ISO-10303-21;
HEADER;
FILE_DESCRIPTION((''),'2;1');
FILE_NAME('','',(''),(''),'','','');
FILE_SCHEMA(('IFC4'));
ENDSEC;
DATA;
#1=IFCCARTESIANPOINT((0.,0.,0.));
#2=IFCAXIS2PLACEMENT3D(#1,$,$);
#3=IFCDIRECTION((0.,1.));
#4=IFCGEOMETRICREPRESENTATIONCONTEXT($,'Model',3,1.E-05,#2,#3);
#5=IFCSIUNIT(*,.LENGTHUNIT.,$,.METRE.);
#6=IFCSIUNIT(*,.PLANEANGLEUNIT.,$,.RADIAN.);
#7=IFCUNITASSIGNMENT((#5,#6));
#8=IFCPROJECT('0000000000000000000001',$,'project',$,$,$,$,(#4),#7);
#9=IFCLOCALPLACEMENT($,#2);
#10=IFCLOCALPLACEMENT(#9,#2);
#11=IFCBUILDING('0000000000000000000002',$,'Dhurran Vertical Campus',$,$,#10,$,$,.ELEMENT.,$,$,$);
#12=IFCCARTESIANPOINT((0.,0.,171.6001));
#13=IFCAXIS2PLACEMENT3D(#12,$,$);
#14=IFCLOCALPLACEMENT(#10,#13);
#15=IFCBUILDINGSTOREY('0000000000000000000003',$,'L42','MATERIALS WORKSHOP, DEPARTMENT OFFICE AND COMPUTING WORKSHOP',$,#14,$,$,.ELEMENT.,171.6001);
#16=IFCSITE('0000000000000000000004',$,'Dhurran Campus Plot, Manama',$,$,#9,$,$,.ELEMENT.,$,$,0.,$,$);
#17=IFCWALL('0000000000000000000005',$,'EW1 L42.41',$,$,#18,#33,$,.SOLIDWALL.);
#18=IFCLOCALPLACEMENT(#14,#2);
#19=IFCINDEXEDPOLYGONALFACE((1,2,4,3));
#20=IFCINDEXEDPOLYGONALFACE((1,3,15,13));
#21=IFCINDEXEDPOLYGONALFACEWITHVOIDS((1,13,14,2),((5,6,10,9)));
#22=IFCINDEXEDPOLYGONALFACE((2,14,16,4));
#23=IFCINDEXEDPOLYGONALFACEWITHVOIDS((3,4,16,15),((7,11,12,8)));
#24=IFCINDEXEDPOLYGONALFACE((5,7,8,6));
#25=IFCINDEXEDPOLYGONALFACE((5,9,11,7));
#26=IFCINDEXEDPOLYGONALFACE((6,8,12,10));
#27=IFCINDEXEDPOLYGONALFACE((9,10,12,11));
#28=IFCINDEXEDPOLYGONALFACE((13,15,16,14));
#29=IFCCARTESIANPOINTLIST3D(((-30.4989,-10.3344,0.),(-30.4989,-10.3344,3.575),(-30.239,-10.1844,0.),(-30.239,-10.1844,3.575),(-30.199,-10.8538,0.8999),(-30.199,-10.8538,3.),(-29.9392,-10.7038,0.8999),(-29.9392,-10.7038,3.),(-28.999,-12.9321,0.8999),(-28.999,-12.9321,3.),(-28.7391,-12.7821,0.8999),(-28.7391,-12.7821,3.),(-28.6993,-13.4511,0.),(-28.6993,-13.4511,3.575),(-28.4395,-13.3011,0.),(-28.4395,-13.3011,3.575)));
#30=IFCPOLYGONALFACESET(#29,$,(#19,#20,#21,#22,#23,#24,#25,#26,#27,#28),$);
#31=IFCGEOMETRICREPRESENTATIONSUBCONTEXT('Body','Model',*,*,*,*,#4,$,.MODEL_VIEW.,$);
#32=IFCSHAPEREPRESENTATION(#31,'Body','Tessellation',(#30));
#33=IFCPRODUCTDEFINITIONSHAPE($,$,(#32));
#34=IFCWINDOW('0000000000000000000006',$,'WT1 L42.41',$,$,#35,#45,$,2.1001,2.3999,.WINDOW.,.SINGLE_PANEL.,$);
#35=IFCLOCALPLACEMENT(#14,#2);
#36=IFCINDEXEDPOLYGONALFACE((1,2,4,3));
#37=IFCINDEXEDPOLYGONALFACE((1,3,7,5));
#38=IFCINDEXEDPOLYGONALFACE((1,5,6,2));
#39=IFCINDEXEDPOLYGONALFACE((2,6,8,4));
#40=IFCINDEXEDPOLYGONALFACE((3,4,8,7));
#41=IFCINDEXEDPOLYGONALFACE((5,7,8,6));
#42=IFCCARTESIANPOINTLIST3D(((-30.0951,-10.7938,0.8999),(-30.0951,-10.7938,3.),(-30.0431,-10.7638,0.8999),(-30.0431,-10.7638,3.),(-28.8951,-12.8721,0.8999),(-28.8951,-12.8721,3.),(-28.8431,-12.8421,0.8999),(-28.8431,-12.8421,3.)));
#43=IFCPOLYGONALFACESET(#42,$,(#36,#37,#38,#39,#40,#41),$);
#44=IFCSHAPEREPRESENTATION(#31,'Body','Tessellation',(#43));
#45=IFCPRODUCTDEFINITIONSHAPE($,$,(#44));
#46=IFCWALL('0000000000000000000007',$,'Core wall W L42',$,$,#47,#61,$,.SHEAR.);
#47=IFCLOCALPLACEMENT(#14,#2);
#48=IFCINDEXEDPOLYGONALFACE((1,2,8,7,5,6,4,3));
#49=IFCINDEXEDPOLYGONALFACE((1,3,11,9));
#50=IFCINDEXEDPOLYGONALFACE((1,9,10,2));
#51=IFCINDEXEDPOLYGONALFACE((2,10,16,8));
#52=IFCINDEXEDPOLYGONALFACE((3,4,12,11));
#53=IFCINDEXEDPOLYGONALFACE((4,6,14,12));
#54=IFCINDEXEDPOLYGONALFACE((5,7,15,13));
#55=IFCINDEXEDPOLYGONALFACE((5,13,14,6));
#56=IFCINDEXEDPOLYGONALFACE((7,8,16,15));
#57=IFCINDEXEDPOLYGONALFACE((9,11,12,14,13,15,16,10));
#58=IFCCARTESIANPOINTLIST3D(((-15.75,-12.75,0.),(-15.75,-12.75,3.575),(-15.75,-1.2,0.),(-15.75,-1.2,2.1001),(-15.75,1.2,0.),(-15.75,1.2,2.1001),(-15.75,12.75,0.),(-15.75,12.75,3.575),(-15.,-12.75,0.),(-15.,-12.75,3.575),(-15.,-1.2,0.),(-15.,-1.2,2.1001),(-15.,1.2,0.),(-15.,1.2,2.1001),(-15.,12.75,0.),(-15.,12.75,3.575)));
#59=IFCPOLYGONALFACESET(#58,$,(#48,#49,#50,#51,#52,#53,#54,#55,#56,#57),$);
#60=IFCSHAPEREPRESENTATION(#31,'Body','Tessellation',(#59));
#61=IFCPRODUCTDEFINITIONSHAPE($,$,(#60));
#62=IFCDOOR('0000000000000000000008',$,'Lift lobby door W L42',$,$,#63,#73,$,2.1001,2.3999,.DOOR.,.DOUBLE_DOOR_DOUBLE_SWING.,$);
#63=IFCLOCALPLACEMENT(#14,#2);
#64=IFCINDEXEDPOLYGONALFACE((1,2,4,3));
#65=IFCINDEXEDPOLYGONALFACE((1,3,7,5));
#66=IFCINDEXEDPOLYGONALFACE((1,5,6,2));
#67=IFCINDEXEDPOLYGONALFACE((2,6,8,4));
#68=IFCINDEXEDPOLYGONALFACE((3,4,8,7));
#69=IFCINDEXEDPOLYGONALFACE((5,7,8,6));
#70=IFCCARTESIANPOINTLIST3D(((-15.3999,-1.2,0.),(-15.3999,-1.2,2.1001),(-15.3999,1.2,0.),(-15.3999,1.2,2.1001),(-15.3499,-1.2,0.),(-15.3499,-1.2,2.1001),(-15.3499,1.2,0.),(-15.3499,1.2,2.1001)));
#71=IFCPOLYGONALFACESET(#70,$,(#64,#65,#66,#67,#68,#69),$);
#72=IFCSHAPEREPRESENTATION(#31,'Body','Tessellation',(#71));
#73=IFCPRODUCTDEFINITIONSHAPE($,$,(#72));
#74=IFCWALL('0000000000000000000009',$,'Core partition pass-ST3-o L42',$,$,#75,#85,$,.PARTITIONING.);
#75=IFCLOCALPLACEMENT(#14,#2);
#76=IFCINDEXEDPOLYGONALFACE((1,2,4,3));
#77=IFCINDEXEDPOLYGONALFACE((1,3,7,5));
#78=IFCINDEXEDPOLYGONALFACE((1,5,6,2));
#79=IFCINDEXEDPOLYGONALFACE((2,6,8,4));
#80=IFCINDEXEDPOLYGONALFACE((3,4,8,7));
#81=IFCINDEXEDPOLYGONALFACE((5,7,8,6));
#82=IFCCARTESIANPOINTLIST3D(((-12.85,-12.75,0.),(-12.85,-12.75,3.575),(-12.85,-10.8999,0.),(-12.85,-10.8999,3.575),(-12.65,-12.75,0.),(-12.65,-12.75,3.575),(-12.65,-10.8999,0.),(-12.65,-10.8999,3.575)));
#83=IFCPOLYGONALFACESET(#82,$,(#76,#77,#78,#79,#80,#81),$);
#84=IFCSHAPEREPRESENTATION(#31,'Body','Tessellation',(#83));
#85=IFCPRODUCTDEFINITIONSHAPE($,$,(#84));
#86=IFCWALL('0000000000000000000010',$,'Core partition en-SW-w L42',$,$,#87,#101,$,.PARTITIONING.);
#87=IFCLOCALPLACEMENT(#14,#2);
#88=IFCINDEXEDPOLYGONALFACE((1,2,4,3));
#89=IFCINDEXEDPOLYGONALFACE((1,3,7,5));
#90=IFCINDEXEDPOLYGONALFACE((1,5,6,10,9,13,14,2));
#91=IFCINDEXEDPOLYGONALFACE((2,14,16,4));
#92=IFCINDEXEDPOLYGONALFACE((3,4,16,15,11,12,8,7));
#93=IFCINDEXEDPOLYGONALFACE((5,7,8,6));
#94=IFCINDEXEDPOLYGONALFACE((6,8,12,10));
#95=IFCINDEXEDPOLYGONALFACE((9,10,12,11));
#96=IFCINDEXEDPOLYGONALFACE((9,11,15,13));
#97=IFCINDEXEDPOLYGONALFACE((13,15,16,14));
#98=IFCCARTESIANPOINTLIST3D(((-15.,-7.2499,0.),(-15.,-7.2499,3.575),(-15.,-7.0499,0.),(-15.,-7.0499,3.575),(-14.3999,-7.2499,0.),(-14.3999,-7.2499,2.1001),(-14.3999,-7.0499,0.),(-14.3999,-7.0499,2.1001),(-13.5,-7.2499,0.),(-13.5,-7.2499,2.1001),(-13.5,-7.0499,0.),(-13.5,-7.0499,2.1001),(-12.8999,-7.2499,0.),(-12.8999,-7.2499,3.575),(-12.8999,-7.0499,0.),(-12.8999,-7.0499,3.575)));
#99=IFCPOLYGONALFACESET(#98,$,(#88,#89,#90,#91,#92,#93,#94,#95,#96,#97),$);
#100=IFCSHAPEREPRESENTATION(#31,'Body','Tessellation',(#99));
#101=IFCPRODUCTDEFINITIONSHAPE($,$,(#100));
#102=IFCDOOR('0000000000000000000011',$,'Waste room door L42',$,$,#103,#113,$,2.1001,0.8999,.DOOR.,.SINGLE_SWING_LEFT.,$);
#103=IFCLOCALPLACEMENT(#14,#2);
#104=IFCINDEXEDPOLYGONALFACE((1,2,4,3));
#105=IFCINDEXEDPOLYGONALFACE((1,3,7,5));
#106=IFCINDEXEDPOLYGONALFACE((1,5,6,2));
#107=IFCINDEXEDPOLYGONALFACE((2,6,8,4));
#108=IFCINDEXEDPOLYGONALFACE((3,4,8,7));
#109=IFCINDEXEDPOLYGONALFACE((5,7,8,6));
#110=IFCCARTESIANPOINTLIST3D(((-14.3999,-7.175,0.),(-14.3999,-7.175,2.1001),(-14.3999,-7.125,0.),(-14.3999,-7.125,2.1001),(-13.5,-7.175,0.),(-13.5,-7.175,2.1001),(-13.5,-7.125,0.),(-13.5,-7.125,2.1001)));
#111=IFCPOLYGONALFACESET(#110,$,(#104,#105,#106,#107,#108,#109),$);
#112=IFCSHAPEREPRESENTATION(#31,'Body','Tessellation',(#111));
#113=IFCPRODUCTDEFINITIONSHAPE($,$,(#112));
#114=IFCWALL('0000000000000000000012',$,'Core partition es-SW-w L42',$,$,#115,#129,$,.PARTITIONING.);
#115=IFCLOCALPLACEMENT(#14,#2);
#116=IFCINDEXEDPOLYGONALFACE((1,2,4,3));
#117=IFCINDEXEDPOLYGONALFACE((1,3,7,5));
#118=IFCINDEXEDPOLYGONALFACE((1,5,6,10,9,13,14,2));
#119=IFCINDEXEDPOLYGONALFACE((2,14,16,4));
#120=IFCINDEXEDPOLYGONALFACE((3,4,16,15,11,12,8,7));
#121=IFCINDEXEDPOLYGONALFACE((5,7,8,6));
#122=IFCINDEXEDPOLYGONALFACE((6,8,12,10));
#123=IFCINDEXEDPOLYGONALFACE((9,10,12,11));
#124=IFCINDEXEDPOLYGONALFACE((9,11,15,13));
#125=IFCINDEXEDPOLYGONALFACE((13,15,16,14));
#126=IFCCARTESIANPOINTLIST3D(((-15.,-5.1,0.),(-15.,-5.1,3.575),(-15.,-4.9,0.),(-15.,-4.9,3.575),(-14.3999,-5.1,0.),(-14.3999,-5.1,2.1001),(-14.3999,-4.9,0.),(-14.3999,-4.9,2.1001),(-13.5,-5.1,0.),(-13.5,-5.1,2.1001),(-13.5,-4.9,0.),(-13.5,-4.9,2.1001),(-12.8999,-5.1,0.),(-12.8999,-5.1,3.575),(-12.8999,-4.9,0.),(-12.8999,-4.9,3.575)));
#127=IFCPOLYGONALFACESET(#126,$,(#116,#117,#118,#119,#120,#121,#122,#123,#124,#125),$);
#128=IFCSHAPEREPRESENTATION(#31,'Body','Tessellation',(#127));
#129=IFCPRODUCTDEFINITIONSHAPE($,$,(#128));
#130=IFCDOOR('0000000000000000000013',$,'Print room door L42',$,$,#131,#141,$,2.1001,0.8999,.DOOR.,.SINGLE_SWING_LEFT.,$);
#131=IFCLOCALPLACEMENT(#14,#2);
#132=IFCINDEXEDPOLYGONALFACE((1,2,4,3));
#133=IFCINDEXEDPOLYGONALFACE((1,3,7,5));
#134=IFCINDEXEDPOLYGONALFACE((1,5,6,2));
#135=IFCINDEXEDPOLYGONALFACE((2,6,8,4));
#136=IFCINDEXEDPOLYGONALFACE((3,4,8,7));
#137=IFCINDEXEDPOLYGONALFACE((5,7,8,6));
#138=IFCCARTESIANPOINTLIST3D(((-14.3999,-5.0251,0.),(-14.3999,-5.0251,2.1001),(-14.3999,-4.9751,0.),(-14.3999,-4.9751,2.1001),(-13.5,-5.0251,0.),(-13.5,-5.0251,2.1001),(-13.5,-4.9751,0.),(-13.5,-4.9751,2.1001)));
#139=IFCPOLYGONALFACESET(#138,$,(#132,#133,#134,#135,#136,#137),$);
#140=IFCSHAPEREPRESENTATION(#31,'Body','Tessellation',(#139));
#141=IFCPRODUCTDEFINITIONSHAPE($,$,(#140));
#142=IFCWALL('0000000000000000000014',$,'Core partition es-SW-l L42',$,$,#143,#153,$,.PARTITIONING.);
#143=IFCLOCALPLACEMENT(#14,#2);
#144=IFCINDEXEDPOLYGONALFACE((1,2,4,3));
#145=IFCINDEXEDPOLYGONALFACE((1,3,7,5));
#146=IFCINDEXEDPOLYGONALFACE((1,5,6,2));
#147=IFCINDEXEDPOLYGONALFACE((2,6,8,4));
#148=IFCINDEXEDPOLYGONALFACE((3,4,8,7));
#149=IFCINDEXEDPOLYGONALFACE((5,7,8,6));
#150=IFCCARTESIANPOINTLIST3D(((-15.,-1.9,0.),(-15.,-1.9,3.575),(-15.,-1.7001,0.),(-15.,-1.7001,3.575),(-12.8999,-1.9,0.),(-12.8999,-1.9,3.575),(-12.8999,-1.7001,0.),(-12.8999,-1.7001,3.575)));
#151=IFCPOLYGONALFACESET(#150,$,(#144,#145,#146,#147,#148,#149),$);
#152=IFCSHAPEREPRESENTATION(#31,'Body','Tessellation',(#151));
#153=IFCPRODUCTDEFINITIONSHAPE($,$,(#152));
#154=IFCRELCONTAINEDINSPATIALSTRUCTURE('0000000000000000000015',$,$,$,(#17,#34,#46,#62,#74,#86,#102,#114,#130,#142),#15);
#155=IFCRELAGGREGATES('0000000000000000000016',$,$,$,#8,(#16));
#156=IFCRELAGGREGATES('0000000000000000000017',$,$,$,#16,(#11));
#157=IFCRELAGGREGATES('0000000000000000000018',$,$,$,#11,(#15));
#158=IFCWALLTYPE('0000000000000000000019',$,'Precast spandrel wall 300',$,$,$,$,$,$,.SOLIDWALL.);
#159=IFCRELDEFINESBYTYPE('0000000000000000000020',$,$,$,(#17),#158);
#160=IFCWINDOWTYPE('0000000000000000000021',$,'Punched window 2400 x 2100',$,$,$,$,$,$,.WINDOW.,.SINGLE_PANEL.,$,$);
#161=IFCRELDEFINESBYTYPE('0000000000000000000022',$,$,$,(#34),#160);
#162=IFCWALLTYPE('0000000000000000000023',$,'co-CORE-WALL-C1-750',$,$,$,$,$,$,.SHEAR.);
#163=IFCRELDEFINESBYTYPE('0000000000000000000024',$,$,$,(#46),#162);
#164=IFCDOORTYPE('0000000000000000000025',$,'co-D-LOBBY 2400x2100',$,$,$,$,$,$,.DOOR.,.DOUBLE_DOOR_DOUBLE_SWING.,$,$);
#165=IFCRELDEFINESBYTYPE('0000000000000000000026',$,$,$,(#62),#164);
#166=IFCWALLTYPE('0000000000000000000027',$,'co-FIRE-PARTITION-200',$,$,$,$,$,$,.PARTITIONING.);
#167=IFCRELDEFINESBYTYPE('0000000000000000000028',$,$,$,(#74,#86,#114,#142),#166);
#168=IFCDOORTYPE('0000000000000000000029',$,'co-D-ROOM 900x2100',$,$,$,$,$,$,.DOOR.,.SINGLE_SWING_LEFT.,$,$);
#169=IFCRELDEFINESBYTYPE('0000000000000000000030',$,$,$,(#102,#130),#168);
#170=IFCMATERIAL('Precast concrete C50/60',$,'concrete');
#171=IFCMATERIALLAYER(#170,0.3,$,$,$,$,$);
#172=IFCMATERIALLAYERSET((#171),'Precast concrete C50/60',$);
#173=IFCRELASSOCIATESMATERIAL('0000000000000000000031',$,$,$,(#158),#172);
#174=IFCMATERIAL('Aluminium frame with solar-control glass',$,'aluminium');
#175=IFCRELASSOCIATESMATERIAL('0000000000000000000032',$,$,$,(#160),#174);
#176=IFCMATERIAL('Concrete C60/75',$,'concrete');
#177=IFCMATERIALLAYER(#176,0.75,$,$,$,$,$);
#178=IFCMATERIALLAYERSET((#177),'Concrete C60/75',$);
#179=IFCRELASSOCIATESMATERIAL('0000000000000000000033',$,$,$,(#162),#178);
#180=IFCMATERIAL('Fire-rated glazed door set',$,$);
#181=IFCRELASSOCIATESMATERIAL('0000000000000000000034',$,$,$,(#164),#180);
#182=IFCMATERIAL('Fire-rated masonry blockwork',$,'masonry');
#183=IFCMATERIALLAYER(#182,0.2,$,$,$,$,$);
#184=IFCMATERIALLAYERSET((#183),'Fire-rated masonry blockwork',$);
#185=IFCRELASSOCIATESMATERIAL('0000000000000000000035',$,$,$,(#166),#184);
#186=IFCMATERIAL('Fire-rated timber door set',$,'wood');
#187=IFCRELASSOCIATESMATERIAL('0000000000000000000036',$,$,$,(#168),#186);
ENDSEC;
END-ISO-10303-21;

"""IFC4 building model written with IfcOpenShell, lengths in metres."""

from ifc_helpers import new_model, si_unit, direction, frame, frame_2d, origin, place, context, subcontext, project, spatial, rectangle, extrude, material, layer, layer_set, type_object, element, fill, save


model = new_model("IFC4")

# Units and contexts
model_context = context("Model", 3, precision=1e-05, world=origin(), true_north=direction((0.0, 1.0)))
body_context = subcontext(model_context, "Body", "Model", "MODEL_VIEW")
ifc_project = project(units=[si_unit("LENGTHUNIT", "METRE"), si_unit("PLANEANGLEUNIT", "RADIAN")], contexts=[model_context])

# Site, building, storey
site_placement = place(None, origin())
site = spatial("IfcSite", under=ifc_project, at=site_placement, Name="Dhurran Campus Plot, Manama", CompositionType="ELEMENT", RefElevation=0.0)
building_placement = place(site_placement, origin())
building = spatial("IfcBuilding", under=site, at=building_placement, Name="Dhurran Vertical Campus", CompositionType="ELEMENT")
storey_placement = place(building_placement, frame((0.0, 0.0, 171.6001)))
storey = spatial("IfcBuildingStorey", under=building, at=storey_placement, Name="L42", Description="MATERIALS WORKSHOP, DEPARTMENT OFFICE AND COMPUTING WORKSHOP", CompositionType="ELEMENT", Elevation=171.6001)

# Wall, opening, window
ifc_material_1 = material(Name="Precast concrete C50/60", Category="concrete")
ifc_layer_1 = layer(ifc_material_1, 0.3)
ifc_layer_set_1 = layer_set([ifc_layer_1], Name="Precast concrete C50/60")
wall_type_1 = type_object("IfcWallType", Name="Precast spandrel wall 300", PredefinedType="SOLIDWALL", material=ifc_layer_set_1)
ifc_material_2 = material(Name="Aluminium frame with solar-control glass", Category="aluminium")
window_type = type_object("IfcWindowType", Name="Punched window 2400 x 2100", PartitioningType="SINGLE_PANEL", PredefinedType="WINDOW", material=ifc_material_2)
wall_1_placement = place(storey_placement, frame((-30.3689, -10.2595, 0.0), z_axis=(0.0, 0.0, 1.0), x_axis=(0.500028, -0.866009, 0.0)))
wall_1 = element("IfcWall", 1, at=wall_1_placement, inside=storey, type_object=wall_type_1, Name="EW1 L42.41", PredefinedType="SOLIDWALL", context=body_context, shape_type="SweptSolid", body=[
    extrude(rectangle(XDim=3.5989, YDim=0.3, at=frame_2d((1.7993, 0.0))), origin(), (0.0, 0.0, 1.0), 3.575),
])
opening_1_placement = place(wall_1_placement, frame((0.5996, 0.0, 0.8999)))
opening_1 = element("IfcOpeningElement", 2, at=opening_1_placement, cuts=wall_1, PredefinedType="OPENING", context=body_context, shape_type="SweptSolid", body=[
    extrude(rectangle(XDim=2.3999, YDim=2.1001, at=frame_2d((1.2, 1.05))), frame((0.0, 0.1599, 0.0), z_axis=(0.0, -1.0, 0.0), x_axis=(1.0, 0.0, 0.0)), (0.0, 0.0, 1.0), 0.3201),
])
window_1_placement = place(opening_1_placement, origin())
window_1 = element("IfcWindow", 3, at=window_1_placement, inside=storey, type_object=window_type, Name="WT1 L42.41", OverallHeight=2.1001, OverallWidth=2.3999, PartitioningType="SINGLE_PANEL", PredefinedType="WINDOW", context=body_context, shape_type="SweptSolid", body=[
    extrude(rectangle(XDim=2.3999, YDim=2.1001, at=frame_2d((1.2, 1.05))), frame((0.0, 0.03, 0.0), z_axis=(0.0, -1.0, 0.0), x_axis=(1.0, 0.0, 0.0)), (0.0, 0.0, 1.0), 0.0601),
])
fill(opening_1, window_1)

# Wall, opening, door
ifc_material_3 = material(Name="Concrete C60/75", Category="concrete")
ifc_layer_2 = layer(ifc_material_3, 0.75)
ifc_layer_set_2 = layer_set([ifc_layer_2], Name="Concrete C60/75")
wall_type_2 = type_object("IfcWallType", Name="co-CORE-WALL-C1-750", PredefinedType="SHEAR", material=ifc_layer_set_2)
wall_2_placement = place(storey_placement, frame((-15.375, -12.75, 0.0), z_axis=(0.0, 0.0, 1.0), x_axis=(0.0, 1.0, 0.0)))
wall_2 = element("IfcWall", 4, at=wall_2_placement, inside=storey, type_object=wall_type_2, Name="Core wall W L42", PredefinedType="SHEAR", context=body_context, shape_type="SweptSolid", body=[
    extrude(rectangle(XDim=25.5, YDim=0.75, at=frame_2d((12.75, 0.0))), origin(), (0.0, 0.0, 1.0), 3.575),
])
opening_2_placement = place(wall_2_placement, frame((11.55, 0.0, 0.0)))
opening_2 = element("IfcOpeningElement", 5, at=opening_2_placement, cuts=wall_2, PredefinedType="OPENING", context=body_context, shape_type="SweptSolid", body=[
    extrude(rectangle(XDim=2.3999, YDim=2.1001, at=frame_2d((1.2, 1.05))), frame((0.0, 0.385, 0.0), z_axis=(0.0, -1.0, 0.0), x_axis=(1.0, 0.0, 0.0)), (0.0, 0.0, 1.0), 0.77),
])
ifc_material_4 = material(Name="Fire-rated glazed door set")
door_type_1 = type_object("IfcDoorType", Name="co-D-LOBBY 2400x2100", OperationType="DOUBLE_DOOR_DOUBLE_SWING", PredefinedType="DOOR", material=ifc_material_4)
door_1_placement = place(opening_2_placement, origin())
door_1 = element("IfcDoor", 6, at=door_1_placement, inside=storey, type_object=door_type_1, Name="Lift lobby door W L42", OperationType="DOUBLE_DOOR_DOUBLE_SWING", OverallHeight=2.1001, OverallWidth=2.3999, PredefinedType="DOOR", context=body_context, shape_type="SweptSolid", body=[
    extrude(rectangle(XDim=2.3999, YDim=2.1001, at=frame_2d((1.2, 1.05))), frame((0.0, 0.0249, 0.0), z_axis=(0.0, -1.0, 0.0), x_axis=(1.0, 0.0, 0.0)), (0.0, 0.0, 1.0), 0.05),
])
fill(opening_2, door_1)

# Wall
ifc_material_5 = material(Name="Fire-rated masonry blockwork", Category="masonry")
ifc_layer_3 = layer(ifc_material_5, 0.2)
ifc_layer_set_3 = layer_set([ifc_layer_3], Name="Fire-rated masonry blockwork")
wall_type_3 = type_object("IfcWallType", Name="co-FIRE-PARTITION-200", PredefinedType="PARTITIONING", material=ifc_layer_set_3)
wall_3_placement = place(storey_placement, frame((-12.75, -12.75, 0.0), z_axis=(0.0, 0.0, 1.0), x_axis=(0.0, 1.0, 0.0)))
element("IfcWall", 7, at=wall_3_placement, inside=storey, type_object=wall_type_3, Name="Core partition pass-ST3-o L42", PredefinedType="PARTITIONING", context=body_context, shape_type="SweptSolid", body=[
    extrude(rectangle(XDim=1.8501, YDim=0.2, at=frame_2d((0.925, 0.0))), origin(), (0.0, 0.0, 1.0), 3.575),
])

# Walls, openings, doors
wall_4_placement = place(storey_placement, frame((-15.0, -7.1499, 0.0), z_axis=(0.0, 0.0, 1.0), x_axis=(1.0, 0.0, 0.0)))
wall_4 = element("IfcWall", 8, at=wall_4_placement, inside=storey, type_object=wall_type_3, Name="Core partition en-SW-w L42", PredefinedType="PARTITIONING", context=body_context, shape_type="SweptSolid", body=[
    extrude(rectangle(XDim=2.1001, YDim=0.2, at=frame_2d((1.05, 0.0))), origin(), (0.0, 0.0, 1.0), 3.575),
])
opening_3_placement = place(wall_4_placement, frame((0.6001, 0.0, 0.0)))
opening_3 = element("IfcOpeningElement", 9, at=opening_3_placement, cuts=wall_4, PredefinedType="OPENING", context=body_context, shape_type="SweptSolid", body=[
    extrude(rectangle(XDim=0.8999, YDim=2.1001, at=frame_2d((0.45, 1.05))), frame((0.0, 0.1099, 0.0), z_axis=(0.0, -1.0, 0.0), x_axis=(1.0, 0.0, 0.0)), (0.0, 0.0, 1.0), 0.22),
])
ifc_material_6 = material(Name="Fire-rated timber door set", Category="wood")
door_type_2 = type_object("IfcDoorType", Name="co-D-ROOM 900x2100", OperationType="SINGLE_SWING_LEFT", PredefinedType="DOOR", material=ifc_material_6)
door_2_placement = place(opening_3_placement, origin())
door_2 = element("IfcDoor", 10, at=door_2_placement, inside=storey, type_object=door_type_2, Name="Waste room door L42", OperationType="SINGLE_SWING_LEFT", OverallHeight=2.1001, OverallWidth=0.8999, PredefinedType="DOOR", context=body_context, shape_type="SweptSolid", body=[
    extrude(rectangle(XDim=0.8999, YDim=2.1001, at=frame_2d((0.45, 1.05))), frame((0.0, 0.0249, 0.0), z_axis=(0.0, -1.0, 0.0), x_axis=(1.0, 0.0, 0.0)), (0.0, 0.0, 1.0), 0.05),
])
fill(opening_3, door_2)
wall_5_placement = place(storey_placement, frame((-15.0, -5.0, 0.0), z_axis=(0.0, 0.0, 1.0), x_axis=(1.0, 0.0, 0.0)))
wall_5 = element("IfcWall", 11, at=wall_5_placement, inside=storey, type_object=wall_type_3, Name="Core partition es-SW-w L42", PredefinedType="PARTITIONING", context=body_context, shape_type="SweptSolid", body=[
    extrude(rectangle(XDim=2.1001, YDim=0.2, at=frame_2d((1.05, 0.0))), origin(), (0.0, 0.0, 1.0), 3.575),
])
opening_4_placement = place(wall_5_placement, frame((0.6001, 0.0, 0.0)))
opening_4 = element("IfcOpeningElement", 12, at=opening_4_placement, cuts=wall_5, PredefinedType="OPENING", context=body_context, shape_type="SweptSolid", body=[
    extrude(rectangle(XDim=0.8999, YDim=2.1001, at=frame_2d((0.45, 1.05))), frame((0.0, 0.1099, 0.0), z_axis=(0.0, -1.0, 0.0), x_axis=(1.0, 0.0, 0.0)), (0.0, 0.0, 1.0), 0.22),
])
door_3_placement = place(opening_4_placement, origin())
door_3 = element("IfcDoor", 13, at=door_3_placement, inside=storey, type_object=door_type_2, Name="Print room door L42", OperationType="SINGLE_SWING_LEFT", OverallHeight=2.1001, OverallWidth=0.8999, PredefinedType="DOOR", context=body_context, shape_type="SweptSolid", body=[
    extrude(rectangle(XDim=0.8999, YDim=2.1001, at=frame_2d((0.45, 1.05))), frame((0.0, 0.0249, 0.0), z_axis=(0.0, -1.0, 0.0), x_axis=(1.0, 0.0, 0.0)), (0.0, 0.0, 1.0), 0.05),
])
fill(opening_4, door_3)

# Wall
wall_6_placement = place(storey_placement, frame((-15.0, -1.8, 0.0), z_axis=(0.0, 0.0, 1.0), x_axis=(1.0, 0.0, 0.0)))
element("IfcWall", 14, at=wall_6_placement, inside=storey, type_object=wall_type_3, Name="Core partition es-SW-l L42", PredefinedType="PARTITIONING", context=body_context, shape_type="SweptSolid", body=[
    extrude(rectangle(XDim=2.1001, YDim=0.2, at=frame_2d((1.05, 0.0))), origin(), (0.0, 0.0, 1.0), 3.575),
])

save(model, "model.ifc")
